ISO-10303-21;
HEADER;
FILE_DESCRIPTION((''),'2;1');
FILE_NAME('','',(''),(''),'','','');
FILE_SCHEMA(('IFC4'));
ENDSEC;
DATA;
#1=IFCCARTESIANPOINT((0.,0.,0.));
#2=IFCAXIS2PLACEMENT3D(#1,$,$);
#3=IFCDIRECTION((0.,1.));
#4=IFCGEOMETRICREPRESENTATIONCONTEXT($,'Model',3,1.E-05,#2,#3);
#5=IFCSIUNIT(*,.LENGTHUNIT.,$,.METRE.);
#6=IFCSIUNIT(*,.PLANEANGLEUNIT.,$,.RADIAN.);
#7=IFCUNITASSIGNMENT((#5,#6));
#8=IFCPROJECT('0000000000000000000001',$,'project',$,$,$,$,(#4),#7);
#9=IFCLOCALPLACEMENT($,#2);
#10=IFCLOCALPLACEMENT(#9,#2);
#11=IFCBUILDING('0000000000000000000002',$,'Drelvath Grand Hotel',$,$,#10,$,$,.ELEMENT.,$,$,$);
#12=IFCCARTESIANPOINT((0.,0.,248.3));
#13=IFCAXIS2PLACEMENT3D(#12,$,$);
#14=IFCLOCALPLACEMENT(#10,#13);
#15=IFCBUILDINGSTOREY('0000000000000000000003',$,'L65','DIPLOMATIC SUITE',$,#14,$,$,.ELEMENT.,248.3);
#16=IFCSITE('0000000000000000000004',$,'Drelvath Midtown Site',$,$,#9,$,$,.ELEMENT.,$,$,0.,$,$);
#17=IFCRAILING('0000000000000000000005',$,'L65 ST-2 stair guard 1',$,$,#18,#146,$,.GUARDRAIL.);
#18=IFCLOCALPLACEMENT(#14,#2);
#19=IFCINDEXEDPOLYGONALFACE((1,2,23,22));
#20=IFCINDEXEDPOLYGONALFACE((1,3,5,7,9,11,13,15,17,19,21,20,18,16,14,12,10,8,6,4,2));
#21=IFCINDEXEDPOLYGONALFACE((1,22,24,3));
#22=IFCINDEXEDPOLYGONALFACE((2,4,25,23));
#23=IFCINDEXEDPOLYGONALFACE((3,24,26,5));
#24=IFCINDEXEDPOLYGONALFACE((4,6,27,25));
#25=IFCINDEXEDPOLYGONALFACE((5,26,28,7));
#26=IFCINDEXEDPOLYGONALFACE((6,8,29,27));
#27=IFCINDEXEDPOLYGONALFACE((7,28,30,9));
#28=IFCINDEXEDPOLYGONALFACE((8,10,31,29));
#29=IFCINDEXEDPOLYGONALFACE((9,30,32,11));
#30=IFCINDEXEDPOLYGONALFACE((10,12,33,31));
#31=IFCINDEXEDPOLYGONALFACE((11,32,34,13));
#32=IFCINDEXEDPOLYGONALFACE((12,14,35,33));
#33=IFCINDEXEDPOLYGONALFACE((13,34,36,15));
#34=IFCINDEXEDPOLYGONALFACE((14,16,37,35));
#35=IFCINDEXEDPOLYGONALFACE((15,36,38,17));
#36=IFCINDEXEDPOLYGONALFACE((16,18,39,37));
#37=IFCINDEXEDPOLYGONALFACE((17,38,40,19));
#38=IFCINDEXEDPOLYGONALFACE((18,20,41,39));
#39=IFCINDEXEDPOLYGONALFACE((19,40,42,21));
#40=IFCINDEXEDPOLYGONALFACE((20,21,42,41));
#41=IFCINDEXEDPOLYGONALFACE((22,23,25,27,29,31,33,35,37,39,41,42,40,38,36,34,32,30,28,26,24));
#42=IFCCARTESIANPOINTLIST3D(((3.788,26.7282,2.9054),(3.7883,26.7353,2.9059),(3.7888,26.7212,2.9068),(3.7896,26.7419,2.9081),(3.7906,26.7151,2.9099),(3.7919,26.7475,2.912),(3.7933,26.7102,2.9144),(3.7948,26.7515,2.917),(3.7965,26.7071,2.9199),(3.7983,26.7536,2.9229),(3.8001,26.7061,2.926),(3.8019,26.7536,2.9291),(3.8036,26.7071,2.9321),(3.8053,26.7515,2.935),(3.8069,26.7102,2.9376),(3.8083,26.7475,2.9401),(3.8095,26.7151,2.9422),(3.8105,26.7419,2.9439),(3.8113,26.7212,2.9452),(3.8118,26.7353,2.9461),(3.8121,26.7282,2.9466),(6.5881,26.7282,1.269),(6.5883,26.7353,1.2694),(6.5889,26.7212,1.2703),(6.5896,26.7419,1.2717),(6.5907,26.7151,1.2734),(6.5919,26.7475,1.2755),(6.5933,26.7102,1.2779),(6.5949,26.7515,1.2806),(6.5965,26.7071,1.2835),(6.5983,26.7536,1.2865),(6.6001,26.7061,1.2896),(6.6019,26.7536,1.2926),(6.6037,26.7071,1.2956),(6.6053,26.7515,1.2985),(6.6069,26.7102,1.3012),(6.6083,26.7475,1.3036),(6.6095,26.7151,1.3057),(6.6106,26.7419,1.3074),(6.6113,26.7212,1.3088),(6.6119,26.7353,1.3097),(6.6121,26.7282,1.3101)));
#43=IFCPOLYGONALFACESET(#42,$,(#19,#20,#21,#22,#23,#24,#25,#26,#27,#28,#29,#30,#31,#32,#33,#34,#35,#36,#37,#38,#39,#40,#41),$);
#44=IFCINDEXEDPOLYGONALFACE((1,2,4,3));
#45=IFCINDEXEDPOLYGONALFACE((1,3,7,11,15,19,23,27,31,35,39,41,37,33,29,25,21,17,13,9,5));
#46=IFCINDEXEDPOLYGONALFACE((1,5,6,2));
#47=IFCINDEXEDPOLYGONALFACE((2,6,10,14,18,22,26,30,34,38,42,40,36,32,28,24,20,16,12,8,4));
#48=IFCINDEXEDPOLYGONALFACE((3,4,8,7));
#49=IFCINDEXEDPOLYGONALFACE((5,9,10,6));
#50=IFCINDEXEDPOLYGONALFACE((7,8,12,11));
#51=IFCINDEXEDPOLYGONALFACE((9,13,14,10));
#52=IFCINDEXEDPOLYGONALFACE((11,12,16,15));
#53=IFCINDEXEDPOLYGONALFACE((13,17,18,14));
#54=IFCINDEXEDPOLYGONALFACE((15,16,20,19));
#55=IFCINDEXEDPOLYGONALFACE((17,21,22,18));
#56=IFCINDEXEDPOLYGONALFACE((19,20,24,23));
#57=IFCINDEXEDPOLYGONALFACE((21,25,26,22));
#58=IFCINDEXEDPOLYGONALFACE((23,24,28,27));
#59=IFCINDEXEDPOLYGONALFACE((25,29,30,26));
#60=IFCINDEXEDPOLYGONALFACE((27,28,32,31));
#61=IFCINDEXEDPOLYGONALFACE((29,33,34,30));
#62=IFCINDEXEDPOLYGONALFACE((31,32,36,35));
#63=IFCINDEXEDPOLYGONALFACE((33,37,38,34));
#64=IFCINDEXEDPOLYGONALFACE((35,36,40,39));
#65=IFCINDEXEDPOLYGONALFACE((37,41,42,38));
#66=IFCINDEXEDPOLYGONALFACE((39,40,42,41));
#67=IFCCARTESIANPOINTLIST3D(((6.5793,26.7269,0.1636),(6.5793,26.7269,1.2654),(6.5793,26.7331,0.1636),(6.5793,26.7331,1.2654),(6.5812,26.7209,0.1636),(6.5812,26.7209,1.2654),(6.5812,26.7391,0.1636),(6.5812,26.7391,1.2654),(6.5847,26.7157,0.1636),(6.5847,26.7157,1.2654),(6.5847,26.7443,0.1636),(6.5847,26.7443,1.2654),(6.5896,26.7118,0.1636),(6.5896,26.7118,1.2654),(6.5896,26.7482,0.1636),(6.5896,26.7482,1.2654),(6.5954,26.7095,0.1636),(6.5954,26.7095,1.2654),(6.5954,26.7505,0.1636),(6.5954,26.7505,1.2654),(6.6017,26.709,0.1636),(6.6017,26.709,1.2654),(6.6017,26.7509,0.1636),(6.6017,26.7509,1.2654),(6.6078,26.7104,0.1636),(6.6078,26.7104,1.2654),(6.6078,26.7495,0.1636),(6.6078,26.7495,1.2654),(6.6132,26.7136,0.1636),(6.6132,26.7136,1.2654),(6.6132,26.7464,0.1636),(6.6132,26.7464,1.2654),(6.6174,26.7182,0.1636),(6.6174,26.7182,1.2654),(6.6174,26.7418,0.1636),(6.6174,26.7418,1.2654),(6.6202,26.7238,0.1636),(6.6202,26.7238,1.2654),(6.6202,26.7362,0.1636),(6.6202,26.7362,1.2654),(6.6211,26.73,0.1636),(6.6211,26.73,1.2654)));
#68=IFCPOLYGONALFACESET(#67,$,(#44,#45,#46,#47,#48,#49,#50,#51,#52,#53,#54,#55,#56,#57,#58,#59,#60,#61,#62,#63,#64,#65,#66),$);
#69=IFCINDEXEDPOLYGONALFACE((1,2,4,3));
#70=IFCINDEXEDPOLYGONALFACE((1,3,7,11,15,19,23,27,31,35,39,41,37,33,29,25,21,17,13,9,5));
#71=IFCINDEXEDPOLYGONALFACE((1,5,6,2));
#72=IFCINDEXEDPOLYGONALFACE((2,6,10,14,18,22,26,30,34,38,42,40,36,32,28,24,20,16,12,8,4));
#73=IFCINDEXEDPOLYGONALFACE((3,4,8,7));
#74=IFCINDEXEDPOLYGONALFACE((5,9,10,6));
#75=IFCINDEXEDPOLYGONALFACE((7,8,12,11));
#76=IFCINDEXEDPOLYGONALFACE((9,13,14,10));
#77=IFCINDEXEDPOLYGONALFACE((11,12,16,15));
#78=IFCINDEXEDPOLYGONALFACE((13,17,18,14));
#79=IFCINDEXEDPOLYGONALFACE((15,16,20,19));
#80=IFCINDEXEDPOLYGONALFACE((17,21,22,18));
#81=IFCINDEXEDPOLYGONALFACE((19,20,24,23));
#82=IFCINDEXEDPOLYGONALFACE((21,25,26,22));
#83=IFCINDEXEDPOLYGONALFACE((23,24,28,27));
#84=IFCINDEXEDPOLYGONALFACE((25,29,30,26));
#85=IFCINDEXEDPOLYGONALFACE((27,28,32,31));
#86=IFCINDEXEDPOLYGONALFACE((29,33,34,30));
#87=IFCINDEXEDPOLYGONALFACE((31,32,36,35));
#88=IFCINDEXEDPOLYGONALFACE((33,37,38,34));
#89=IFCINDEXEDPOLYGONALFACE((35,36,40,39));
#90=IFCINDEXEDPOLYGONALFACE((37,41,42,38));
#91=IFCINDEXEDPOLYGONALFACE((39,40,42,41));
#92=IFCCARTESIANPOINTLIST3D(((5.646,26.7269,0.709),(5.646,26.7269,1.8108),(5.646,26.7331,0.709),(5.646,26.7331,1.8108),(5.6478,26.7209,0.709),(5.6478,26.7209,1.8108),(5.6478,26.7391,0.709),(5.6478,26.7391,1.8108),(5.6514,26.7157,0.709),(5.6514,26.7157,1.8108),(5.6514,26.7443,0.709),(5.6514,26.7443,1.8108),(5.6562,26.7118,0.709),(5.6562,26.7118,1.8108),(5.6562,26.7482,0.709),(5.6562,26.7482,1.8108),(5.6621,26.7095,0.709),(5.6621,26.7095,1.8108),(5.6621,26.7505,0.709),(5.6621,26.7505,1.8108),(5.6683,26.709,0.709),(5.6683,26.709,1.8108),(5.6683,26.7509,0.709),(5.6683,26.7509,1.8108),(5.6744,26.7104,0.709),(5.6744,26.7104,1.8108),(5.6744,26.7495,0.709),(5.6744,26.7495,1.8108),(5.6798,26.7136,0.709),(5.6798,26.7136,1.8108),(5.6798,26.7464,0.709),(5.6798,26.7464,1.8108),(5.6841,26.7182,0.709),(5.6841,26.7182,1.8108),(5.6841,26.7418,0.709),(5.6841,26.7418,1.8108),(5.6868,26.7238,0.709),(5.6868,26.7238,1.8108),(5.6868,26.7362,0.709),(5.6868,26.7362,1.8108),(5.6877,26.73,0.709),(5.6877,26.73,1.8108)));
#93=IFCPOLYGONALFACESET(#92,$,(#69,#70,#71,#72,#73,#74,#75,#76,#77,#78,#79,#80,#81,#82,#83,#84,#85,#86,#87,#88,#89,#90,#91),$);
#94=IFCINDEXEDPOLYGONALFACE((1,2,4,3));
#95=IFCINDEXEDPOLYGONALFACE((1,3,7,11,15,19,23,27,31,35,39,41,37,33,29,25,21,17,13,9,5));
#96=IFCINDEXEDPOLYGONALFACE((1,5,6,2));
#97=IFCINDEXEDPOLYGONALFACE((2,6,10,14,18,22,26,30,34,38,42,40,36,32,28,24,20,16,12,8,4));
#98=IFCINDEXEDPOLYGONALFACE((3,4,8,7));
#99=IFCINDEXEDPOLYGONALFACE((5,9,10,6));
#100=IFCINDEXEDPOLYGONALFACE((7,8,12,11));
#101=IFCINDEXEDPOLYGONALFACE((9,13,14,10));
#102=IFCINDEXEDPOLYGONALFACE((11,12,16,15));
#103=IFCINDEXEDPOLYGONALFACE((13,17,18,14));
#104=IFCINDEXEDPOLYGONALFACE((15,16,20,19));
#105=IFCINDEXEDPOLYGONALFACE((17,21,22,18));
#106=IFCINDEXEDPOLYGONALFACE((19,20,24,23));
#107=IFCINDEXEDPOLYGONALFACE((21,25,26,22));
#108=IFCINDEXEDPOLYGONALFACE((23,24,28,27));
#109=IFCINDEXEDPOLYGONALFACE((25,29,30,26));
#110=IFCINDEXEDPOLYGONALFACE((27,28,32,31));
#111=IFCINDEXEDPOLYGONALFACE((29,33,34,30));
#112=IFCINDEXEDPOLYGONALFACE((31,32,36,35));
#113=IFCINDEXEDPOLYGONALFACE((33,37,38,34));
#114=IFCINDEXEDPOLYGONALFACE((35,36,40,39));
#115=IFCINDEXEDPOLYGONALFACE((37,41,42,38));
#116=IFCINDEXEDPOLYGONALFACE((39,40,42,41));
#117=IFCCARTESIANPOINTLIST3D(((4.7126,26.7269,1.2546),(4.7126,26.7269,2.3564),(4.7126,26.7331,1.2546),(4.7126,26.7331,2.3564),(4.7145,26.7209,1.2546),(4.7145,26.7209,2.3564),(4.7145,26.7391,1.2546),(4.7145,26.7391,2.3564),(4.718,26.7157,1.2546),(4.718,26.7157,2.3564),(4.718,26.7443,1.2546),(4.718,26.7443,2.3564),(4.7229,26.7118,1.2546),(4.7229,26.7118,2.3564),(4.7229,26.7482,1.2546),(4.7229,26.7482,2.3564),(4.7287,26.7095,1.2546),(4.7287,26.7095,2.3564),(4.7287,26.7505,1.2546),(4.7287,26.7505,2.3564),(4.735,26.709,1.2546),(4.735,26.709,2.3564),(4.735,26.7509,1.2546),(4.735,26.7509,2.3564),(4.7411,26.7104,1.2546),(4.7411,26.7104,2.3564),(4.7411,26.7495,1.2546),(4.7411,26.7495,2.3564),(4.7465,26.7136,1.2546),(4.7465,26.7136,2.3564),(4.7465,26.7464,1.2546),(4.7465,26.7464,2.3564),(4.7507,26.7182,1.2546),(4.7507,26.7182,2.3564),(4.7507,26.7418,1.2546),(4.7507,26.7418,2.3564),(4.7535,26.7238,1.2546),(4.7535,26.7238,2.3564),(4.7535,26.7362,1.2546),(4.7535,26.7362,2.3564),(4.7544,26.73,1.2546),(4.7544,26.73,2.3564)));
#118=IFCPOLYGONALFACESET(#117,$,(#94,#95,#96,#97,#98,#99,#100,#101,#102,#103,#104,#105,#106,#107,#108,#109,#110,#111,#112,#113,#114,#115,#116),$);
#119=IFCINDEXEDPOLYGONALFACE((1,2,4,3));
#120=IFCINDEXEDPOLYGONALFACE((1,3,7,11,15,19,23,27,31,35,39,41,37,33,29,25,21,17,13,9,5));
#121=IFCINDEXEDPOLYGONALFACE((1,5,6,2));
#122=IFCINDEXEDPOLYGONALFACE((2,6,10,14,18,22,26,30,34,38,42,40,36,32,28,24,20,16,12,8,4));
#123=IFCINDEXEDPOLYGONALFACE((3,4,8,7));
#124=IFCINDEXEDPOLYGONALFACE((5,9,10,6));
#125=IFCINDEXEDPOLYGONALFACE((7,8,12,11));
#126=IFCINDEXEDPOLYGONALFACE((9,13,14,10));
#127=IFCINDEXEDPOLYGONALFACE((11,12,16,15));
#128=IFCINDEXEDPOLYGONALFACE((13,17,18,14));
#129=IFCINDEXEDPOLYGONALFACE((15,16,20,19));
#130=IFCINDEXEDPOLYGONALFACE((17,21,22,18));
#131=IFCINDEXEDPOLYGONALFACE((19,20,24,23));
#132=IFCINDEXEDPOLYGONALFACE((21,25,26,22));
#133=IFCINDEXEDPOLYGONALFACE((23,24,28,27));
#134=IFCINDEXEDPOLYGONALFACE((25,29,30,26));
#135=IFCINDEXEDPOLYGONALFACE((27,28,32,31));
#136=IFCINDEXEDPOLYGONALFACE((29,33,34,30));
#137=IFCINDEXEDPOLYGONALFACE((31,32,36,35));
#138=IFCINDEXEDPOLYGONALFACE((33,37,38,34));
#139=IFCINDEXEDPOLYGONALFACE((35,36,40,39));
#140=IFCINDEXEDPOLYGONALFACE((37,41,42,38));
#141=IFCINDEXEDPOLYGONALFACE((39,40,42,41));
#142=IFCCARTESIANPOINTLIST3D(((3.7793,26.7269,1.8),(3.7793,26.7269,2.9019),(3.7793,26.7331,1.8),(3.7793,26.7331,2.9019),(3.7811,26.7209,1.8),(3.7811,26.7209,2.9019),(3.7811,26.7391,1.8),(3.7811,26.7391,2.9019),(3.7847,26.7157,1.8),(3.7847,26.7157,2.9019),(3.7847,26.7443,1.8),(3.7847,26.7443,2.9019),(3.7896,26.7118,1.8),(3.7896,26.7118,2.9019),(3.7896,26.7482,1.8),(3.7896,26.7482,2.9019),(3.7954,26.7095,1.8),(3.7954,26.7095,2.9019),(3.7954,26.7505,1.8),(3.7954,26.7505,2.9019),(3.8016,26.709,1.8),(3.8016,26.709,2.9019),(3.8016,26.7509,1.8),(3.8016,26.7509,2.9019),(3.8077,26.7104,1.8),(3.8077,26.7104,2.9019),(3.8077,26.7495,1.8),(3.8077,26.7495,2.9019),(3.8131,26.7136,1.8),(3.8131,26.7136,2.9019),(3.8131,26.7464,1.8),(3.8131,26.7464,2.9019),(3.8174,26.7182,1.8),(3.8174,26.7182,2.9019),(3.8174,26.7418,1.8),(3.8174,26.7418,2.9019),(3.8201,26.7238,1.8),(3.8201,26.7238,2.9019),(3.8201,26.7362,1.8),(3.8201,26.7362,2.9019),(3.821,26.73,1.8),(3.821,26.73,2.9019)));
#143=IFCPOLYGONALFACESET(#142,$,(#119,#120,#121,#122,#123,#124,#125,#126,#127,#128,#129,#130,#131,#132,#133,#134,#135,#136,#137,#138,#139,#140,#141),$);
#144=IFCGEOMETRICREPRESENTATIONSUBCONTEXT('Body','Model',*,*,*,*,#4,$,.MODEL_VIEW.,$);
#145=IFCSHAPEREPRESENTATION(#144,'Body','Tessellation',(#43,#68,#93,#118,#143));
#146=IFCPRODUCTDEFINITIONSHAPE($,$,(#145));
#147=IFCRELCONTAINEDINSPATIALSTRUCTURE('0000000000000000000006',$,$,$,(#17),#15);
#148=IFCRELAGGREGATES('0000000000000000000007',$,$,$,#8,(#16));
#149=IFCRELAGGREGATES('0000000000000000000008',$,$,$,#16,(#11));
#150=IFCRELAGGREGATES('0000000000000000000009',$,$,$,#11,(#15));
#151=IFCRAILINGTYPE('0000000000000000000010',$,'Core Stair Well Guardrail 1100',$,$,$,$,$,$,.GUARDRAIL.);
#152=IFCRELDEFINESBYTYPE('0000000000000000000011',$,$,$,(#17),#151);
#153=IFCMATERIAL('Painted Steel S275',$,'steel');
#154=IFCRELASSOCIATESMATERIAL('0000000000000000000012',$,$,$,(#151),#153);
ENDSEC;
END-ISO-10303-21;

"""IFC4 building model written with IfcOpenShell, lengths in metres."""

from ifc_helpers import new_model, si_unit, direction, frame, origin, origin_2d, place, context, subcontext, project, spatial, circle, extrude, material, type_object, element, save


model = new_model("IFC4")

# Units and contexts
model_context = context("Model", 3, precision=1e-05, world=origin(), true_north=direction((0.0, 1.0)))
body_context = subcontext(model_context, "Body", "Model", "MODEL_VIEW")
ifc_project = project(units=[si_unit("LENGTHUNIT", "METRE"), si_unit("PLANEANGLEUNIT", "RADIAN")], contexts=[model_context])

# Site, building, storey
site_placement = place(None, origin())
site = spatial("IfcSite", under=ifc_project, at=site_placement, Name="Drelvath Midtown Site", CompositionType="ELEMENT", RefElevation=0.0)
building_placement = place(site_placement, origin())
building = spatial("IfcBuilding", under=site, at=building_placement, Name="Drelvath Grand Hotel", CompositionType="ELEMENT")
storey_placement = place(building_placement, frame((0.0, 0.0, 248.3)))
storey = spatial("IfcBuildingStorey", under=building, at=storey_placement, Name="L65", Description="DIPLOMATIC SUITE", CompositionType="ELEMENT", Elevation=248.3)

# Shared definitions
ifc_material_1 = material(Name="Painted Steel S275", Category="steel")

# Railing
railing_type_1 = type_object("IfcRailingType", Name="Core Stair Well Guardrail 1100", PredefinedType="GUARDRAIL", material=ifc_material_1)
railing_1_placement = place(storey_placement, frame((6.6001, 26.73, 0.1636)))
element("IfcRailing", 1, at=railing_1_placement, inside=storey, type_object=railing_type_1, Name="L65 ST-2 stair guard 1", PredefinedType="GUARDRAIL", context=body_context, shape_type="SweptSolid", body=[
    extrude(circle(Radius=0.0239, at=origin_2d()), frame((0.0, 0.0, 1.126), z_axis=(-0.863361, 0.0, 0.504587), x_axis=(0.0, -1.0, 0.0)), (0.0, 0.0, 1.0), 3.2432),
    extrude(circle(Radius=0.021, at=origin_2d()), origin(), (0.0, 0.0, 1.0), 1.1018),
    extrude(circle(Radius=0.021, at=origin_2d()), frame((-0.9333, 0.0, 0.5454)), (0.0, 0.0, 1.0), 1.1018),
    extrude(circle(Radius=0.021, at=origin_2d()), frame((-1.8667, 0.0, 1.0911)), (0.0, 0.0, 1.0), 1.1018),
    extrude(circle(Radius=0.021, at=origin_2d()), frame((-2.8, 0.0, 1.6365)), (0.0, 0.0, 1.0), 1.1018),
])

save(model, "model.ifc")
